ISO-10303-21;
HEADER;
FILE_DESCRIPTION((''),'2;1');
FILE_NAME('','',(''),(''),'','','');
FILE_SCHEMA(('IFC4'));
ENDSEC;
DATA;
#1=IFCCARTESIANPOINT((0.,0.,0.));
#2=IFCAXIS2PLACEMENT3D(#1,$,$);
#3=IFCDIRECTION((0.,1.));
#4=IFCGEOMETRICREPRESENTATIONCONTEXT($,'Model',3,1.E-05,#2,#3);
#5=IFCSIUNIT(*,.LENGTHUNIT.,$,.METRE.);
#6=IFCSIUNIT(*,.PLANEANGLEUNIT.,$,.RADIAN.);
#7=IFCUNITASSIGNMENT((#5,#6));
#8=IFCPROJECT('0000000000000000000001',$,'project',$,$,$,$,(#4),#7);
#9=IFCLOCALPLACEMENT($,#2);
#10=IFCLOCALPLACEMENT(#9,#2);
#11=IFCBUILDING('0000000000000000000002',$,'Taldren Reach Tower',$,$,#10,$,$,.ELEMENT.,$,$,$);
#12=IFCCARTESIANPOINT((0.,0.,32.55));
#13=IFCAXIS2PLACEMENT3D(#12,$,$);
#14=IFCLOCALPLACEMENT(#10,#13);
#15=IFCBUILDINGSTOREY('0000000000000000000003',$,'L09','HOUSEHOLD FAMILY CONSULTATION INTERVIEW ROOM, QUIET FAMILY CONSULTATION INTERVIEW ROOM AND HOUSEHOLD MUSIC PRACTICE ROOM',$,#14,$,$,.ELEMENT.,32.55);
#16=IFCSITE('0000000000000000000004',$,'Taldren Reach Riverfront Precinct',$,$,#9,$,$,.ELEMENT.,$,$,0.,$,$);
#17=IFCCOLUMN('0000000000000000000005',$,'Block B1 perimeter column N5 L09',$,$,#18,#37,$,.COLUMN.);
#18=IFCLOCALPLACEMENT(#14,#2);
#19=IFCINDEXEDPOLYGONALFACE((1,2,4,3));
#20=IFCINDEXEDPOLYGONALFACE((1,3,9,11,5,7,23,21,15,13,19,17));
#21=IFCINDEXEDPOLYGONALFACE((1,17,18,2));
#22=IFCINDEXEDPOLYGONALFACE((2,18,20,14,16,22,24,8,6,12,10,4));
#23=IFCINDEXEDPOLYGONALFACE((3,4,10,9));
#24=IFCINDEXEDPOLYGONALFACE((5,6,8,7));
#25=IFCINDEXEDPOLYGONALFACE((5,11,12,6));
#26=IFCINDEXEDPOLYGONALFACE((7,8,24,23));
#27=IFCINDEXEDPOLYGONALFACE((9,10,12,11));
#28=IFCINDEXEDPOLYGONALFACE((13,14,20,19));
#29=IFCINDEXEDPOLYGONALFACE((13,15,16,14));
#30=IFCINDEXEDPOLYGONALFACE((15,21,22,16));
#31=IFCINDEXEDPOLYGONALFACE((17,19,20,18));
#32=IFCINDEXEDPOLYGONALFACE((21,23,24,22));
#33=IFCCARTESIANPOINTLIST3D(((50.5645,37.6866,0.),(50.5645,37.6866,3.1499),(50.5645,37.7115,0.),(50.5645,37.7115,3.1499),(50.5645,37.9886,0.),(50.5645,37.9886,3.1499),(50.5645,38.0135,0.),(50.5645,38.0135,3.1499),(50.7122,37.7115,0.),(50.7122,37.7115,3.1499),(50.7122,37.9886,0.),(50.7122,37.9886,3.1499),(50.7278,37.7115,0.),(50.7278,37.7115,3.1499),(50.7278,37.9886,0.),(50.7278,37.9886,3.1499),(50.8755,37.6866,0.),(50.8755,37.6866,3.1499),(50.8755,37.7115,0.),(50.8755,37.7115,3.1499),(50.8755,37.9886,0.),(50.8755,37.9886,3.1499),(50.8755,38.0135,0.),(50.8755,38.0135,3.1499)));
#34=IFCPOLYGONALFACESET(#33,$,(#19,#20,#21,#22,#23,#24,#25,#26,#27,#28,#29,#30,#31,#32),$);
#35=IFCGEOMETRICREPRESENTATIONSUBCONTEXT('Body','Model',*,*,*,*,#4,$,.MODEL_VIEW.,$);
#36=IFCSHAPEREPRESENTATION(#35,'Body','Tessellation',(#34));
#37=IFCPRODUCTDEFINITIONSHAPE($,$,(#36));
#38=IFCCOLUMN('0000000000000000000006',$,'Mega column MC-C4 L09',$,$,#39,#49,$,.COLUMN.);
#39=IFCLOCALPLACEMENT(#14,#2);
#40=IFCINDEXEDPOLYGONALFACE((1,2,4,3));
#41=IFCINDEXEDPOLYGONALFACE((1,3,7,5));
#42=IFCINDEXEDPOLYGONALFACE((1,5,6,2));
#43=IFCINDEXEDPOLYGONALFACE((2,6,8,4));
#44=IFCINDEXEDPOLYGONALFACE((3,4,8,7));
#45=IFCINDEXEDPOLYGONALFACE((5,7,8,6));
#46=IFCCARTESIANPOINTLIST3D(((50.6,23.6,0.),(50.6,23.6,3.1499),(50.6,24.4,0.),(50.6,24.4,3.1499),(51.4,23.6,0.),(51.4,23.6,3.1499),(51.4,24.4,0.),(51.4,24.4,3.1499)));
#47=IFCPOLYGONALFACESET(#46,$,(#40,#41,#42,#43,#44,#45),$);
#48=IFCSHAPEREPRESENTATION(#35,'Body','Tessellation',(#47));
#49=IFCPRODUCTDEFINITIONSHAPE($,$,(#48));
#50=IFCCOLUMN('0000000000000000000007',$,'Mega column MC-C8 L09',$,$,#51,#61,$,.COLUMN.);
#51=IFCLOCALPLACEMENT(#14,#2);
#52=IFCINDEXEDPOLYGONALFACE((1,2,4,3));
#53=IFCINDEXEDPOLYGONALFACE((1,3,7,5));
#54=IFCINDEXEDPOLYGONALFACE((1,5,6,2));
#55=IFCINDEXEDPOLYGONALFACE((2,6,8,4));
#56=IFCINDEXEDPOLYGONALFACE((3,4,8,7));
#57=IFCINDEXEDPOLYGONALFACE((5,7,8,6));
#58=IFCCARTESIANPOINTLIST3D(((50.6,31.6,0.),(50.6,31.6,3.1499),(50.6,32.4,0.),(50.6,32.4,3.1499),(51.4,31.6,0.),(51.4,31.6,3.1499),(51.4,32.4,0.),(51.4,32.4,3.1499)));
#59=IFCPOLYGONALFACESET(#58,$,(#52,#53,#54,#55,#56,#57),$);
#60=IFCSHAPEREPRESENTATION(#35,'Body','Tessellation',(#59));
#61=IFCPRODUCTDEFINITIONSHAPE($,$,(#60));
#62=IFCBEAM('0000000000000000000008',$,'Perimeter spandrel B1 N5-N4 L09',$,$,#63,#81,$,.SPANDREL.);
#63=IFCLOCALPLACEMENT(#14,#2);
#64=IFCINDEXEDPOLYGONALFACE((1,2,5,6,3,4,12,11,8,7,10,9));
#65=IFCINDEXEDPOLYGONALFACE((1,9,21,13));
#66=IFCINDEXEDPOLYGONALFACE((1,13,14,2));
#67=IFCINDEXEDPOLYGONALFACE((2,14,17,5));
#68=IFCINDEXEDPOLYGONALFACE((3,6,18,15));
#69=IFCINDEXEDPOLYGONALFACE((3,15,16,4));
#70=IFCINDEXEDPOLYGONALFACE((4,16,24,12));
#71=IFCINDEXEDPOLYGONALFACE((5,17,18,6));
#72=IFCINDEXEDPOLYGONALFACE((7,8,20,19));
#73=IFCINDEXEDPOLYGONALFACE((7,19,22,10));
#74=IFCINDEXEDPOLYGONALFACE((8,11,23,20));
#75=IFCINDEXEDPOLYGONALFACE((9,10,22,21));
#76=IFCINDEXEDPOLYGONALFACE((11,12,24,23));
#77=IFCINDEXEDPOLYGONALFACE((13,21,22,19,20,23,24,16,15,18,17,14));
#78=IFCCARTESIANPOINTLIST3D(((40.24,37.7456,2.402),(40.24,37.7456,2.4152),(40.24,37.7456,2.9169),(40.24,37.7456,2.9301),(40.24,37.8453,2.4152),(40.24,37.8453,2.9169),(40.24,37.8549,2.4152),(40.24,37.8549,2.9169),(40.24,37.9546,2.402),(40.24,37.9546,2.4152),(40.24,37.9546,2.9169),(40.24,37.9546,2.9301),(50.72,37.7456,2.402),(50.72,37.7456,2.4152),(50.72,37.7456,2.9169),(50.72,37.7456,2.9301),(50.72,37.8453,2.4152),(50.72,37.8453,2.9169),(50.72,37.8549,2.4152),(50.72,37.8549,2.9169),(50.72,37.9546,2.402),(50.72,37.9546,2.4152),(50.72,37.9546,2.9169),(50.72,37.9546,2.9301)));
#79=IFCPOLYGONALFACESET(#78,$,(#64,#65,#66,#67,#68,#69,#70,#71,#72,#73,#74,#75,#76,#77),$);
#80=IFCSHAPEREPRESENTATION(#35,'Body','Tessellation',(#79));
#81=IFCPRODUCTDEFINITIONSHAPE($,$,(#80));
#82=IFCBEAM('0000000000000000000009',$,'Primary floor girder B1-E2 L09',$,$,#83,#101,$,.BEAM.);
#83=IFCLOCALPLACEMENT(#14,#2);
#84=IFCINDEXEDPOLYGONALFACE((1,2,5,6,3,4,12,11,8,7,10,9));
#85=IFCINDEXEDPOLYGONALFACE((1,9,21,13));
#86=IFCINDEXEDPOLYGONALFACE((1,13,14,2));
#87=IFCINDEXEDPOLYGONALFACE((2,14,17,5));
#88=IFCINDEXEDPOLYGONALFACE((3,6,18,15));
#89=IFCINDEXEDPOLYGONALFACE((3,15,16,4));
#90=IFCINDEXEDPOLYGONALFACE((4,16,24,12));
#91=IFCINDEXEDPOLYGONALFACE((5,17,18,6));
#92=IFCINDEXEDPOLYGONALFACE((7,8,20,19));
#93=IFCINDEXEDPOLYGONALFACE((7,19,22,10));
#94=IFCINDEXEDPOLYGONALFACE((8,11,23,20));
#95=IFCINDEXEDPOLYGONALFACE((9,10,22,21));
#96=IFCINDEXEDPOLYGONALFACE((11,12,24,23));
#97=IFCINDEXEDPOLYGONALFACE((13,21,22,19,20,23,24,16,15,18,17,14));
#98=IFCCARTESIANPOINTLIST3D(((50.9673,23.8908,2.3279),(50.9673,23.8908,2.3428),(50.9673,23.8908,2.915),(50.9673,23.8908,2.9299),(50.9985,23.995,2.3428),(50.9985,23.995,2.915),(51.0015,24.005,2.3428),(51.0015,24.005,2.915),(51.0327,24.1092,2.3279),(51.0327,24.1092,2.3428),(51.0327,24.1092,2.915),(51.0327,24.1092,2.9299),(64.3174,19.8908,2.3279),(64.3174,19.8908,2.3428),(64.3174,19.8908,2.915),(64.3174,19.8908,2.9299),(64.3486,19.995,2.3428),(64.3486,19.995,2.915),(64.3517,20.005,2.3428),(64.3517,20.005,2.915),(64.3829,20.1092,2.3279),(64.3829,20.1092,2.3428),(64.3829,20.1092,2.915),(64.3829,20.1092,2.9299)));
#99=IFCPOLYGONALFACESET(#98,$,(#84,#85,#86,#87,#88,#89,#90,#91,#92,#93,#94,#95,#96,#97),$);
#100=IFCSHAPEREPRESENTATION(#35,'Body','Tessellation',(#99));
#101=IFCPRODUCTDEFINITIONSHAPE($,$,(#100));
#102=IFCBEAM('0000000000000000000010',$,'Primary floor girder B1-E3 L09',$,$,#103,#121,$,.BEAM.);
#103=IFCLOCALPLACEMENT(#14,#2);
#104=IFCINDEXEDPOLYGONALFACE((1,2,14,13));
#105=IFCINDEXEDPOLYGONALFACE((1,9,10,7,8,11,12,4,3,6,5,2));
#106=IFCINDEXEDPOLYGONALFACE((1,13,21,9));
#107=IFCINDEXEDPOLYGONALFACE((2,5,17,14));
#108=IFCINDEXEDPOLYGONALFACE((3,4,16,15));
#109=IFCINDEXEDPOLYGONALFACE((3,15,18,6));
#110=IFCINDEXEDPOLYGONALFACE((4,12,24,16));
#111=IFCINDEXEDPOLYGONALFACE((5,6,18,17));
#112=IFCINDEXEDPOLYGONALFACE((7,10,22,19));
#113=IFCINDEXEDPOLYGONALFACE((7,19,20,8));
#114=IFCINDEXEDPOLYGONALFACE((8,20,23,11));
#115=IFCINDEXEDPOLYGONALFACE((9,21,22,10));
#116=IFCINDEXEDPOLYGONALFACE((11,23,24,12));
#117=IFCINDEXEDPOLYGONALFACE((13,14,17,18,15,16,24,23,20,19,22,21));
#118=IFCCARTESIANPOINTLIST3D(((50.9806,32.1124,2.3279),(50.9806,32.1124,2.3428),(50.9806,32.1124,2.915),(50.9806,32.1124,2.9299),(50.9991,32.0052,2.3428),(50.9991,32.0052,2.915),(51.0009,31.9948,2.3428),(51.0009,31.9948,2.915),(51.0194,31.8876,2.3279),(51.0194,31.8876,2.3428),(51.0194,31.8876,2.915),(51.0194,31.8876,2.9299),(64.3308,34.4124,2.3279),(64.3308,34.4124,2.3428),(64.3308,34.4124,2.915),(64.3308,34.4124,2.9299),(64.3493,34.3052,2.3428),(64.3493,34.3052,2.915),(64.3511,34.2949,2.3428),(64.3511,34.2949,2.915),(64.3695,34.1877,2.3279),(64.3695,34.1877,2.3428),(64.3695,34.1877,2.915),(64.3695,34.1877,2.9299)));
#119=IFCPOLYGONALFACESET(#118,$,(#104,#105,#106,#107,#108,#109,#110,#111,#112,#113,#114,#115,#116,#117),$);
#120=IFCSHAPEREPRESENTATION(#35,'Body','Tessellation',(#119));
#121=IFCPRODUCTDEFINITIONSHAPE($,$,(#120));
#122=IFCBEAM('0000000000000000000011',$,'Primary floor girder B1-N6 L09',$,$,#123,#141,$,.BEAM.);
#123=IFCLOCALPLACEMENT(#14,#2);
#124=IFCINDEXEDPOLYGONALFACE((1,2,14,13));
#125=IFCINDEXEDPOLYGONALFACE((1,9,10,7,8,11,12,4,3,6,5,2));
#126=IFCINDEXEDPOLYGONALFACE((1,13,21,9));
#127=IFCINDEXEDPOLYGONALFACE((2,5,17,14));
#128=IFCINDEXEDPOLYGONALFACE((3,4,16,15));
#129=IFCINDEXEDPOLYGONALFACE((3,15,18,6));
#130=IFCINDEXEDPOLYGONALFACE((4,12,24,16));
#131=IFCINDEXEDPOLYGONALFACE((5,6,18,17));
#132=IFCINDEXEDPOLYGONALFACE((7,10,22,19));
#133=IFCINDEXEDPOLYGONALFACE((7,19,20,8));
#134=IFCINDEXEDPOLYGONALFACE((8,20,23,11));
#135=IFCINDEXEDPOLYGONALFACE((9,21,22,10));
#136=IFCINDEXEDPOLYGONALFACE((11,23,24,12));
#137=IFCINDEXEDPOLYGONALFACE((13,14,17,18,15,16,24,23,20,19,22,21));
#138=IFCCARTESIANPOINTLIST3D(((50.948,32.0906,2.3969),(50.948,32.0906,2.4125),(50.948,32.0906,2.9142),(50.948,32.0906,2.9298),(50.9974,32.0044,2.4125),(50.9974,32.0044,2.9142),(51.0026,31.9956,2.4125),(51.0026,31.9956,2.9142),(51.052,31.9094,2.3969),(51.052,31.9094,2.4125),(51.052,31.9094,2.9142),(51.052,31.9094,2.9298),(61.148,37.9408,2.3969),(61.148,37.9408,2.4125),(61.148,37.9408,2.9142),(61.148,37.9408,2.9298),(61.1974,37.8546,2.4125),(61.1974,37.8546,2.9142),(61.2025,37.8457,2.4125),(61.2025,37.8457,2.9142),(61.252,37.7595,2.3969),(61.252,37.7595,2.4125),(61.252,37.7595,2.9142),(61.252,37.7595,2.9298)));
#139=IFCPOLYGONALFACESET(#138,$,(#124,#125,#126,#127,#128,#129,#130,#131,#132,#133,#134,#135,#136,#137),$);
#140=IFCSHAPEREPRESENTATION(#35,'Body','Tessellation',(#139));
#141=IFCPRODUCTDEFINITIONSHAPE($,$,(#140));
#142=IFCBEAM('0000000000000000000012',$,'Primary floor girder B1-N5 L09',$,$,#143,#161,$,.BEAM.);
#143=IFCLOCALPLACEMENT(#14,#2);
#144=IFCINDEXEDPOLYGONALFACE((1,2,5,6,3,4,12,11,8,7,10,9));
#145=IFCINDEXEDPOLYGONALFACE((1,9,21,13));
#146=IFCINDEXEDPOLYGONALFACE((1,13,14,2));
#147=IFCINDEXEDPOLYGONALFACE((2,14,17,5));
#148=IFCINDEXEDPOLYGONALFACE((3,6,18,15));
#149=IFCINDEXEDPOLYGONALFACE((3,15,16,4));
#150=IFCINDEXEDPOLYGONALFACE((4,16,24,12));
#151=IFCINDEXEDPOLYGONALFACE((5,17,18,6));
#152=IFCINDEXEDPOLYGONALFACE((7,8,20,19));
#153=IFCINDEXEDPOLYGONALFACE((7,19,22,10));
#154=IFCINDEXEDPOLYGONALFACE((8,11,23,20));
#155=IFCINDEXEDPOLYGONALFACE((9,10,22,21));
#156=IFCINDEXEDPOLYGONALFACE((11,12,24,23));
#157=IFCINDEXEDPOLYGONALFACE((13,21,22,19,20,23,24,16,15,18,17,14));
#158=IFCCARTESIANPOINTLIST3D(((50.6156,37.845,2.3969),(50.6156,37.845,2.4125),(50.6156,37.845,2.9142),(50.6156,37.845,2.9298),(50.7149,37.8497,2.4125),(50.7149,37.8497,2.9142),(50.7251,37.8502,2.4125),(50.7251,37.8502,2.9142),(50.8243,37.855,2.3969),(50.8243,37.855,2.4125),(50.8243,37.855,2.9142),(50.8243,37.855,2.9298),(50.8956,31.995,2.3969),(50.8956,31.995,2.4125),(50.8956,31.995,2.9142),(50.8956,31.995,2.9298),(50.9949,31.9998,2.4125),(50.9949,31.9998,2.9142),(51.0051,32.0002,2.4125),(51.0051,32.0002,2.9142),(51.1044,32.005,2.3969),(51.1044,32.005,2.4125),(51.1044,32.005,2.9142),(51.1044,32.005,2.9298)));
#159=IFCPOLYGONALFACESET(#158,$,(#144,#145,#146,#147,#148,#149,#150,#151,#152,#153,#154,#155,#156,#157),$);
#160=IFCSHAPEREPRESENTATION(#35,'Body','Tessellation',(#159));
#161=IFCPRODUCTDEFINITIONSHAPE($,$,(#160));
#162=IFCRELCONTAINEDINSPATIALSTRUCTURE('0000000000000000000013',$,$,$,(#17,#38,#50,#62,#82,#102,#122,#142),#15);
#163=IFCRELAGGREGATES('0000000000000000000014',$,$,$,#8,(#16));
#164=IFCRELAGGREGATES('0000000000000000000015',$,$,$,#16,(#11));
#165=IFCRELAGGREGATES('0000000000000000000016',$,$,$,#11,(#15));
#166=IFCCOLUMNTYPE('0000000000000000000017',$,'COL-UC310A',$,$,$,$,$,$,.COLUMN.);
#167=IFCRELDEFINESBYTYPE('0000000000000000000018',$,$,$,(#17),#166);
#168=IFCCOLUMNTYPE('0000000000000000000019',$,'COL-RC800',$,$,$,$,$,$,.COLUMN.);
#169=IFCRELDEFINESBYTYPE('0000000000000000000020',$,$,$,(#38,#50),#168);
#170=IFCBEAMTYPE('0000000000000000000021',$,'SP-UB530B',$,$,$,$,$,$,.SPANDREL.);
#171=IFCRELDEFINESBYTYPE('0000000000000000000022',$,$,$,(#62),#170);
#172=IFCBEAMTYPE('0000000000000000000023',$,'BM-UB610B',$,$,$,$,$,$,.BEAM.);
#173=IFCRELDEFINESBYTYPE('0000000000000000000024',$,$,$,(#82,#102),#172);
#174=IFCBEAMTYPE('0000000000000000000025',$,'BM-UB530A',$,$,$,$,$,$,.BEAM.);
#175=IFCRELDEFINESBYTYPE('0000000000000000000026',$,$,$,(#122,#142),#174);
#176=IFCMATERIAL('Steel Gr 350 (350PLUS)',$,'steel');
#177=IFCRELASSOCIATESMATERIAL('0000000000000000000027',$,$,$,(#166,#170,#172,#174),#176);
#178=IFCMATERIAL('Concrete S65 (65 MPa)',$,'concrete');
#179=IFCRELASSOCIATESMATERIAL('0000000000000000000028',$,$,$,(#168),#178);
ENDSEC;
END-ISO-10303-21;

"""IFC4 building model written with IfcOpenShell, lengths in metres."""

from ifc_helpers import new_model, si_unit, direction, frame, origin, origin_2d, place, context, subcontext, project, spatial, rectangle, i_section, extrude, source, transform, mapped, material, material_profile, profile_set, type_object, element, save


model = new_model("IFC4")

# Units and contexts
model_context = context("Model", 3, precision=1e-05, world=origin(), true_north=direction((0.0, 1.0)))
body_context = subcontext(model_context, "Body", "Model", "MODEL_VIEW")
ifc_project = project(units=[si_unit("LENGTHUNIT", "METRE"), si_unit("PLANEANGLEUNIT", "RADIAN")], contexts=[model_context])

# Site, building, storey
site_placement = place(None, origin())
site = spatial("IfcSite", under=ifc_project, at=site_placement, Name="Taldren Reach Riverfront Precinct", CompositionType="ELEMENT", RefElevation=0.0)
building_placement = place(site_placement, origin())
building = spatial("IfcBuilding", under=site, at=building_placement, Name="Taldren Reach Tower", CompositionType="ELEMENT")
storey_placement = place(building_placement, frame((0.0, 0.0, 32.55)))
storey = spatial("IfcBuildingStorey", under=building, at=storey_placement, Name="L09", Description="HOUSEHOLD FAMILY CONSULTATION INTERVIEW ROOM, QUIET FAMILY CONSULTATION INTERVIEW ROOM AND HOUSEHOLD MUSIC PRACTICE ROOM", CompositionType="ELEMENT", Elevation=32.55)

# Columns
ifc_material_1 = material(Name="Steel Gr 350 (350PLUS)", Category="steel")
ifc_material_profile_1 = material_profile(ifc_material_1, i_section(OverallWidth=0.311, OverallDepth=0.3269, WebThickness=0.0156, FlangeThickness=0.0249, at=origin_2d()), Name="310UC158")
ifc_profile_set_1 = profile_set([ifc_material_profile_1], Name="Steel Gr 350 (350PLUS)")
column_type_1 = type_object("IfcColumnType", Name="COL-UC310A", PredefinedType="COLUMN", material=ifc_profile_set_1)
shared_shape_1 = source(origin(), body_context, "Body", "SweptSolid", [
    extrude(i_section(OverallWidth=0.311, OverallDepth=0.3269, WebThickness=0.0156, FlangeThickness=0.0249, at=origin_2d()), origin(), (0.0, 0.0, 1.0), 3.1499),
])
column_placement = place(storey_placement, frame((50.72, 37.8501, 0.0), z_axis=(0.0, 0.0, 1.0), x_axis=(1.0, 0.0, 0.0)))
element("IfcColumn", 1, at=column_placement, inside=storey, type_object=column_type_1, Name="Block B1 perimeter column N5 L09", PredefinedType="COLUMN", context=body_context, shape_type="MappedRepresentation", body=[
    mapped(shared_shape_1, transform((0.0, 0.0, 0.0), scale=1.0)),
])
ifc_material_2 = material(Name="Concrete S65 (65 MPa)", Category="concrete")
ifc_material_profile_2 = material_profile(ifc_material_2, rectangle(XDim=0.8, YDim=0.8, at=origin_2d()), Name="RC-800x800")
ifc_profile_set_2 = profile_set([ifc_material_profile_2], Name="Concrete S65 (65 MPa)")
column_type_2 = type_object("IfcColumnType", Name="COL-RC800", PredefinedType="COLUMN", material=ifc_profile_set_2)
shared_shape_2 = source(origin(), body_context, "Body", "SweptSolid", [
    extrude(rectangle(XDim=0.8, YDim=0.8, at=origin_2d()), origin(), (0.0, 0.0, 1.0), 3.1499),
])
for number, where, z_axis, x_axis, name in (
    (2, (51.0, 24.0, 0.0), (0.0, 0.0, 1.0), (1.0, 0.0, 0.0), "Mega column MC-C4 L09"),
    (3, (51.0, 32.0, 0.0), (0.0, 0.0, 1.0), (1.0, 0.0, 0.0), "Mega column MC-C8 L09"),
):
    element("IfcColumn", number, at=place(storey_placement, frame(where, z_axis=z_axis, x_axis=x_axis)), inside=storey, type_object=column_type_2, Name=name, PredefinedType="COLUMN", context=body_context, shape_type="MappedRepresentation", body=[
        mapped(shared_shape_2, transform((0.0, 0.0, 0.0), scale=1.0)),
    ])

# Beams
ifc_material_profile_3 = material_profile(ifc_material_1, i_section(OverallWidth=0.209, OverallDepth=0.5281, WebThickness=0.0095, FlangeThickness=0.0132, at=origin_2d()), Name="530UB82.0")
ifc_profile_set_3 = profile_set([ifc_material_profile_3], Name="Steel Gr 350 (350PLUS)")
beam_type_1 = type_object("IfcBeamType", Name="SP-UB530B", PredefinedType="SPANDREL", material=ifc_profile_set_3)
shared_shape_3 = source(origin(), body_context, "Body", "SweptSolid", [
    extrude(i_section(OverallWidth=0.209, OverallDepth=0.5281, WebThickness=0.0095, FlangeThickness=0.0132, at=origin_2d()), origin(), (0.0, 0.0, 1.0), 10.48),
])
beam_1_placement = place(storey_placement, frame((50.72, 37.8501, 2.666), z_axis=(-1.0, 0.0, 0.0), x_axis=(0.0, -1.0, 0.0)))
element("IfcBeam", 4, at=beam_1_placement, inside=storey, type_object=beam_type_1, Name="Perimeter spandrel B1 N5-N4 L09", PredefinedType="SPANDREL", context=body_context, shape_type="MappedRepresentation", body=[
    mapped(shared_shape_3, transform((0.0, 0.0, 0.0), scale=1.0)),
])
ifc_material_profile_4 = material_profile(ifc_material_1, i_section(OverallWidth=0.228, OverallDepth=0.6021, WebThickness=0.0105, FlangeThickness=0.0149, at=origin_2d()), Name="610UB101")
ifc_profile_set_4 = profile_set([ifc_material_profile_4], Name="Steel Gr 350 (350PLUS)")
beam_type_2 = type_object("IfcBeamType", Name="BM-UB610B", PredefinedType="BEAM", material=ifc_profile_set_4)
shared_shape_4 = source(origin(), body_context, "Body", "SweptSolid", [
    extrude(i_section(OverallWidth=0.228, OverallDepth=0.6021, WebThickness=0.0105, FlangeThickness=0.0149, at=origin_2d()), origin(), (0.0, 0.0, 1.0), 13.9365),
])
beam_2_placement = place(storey_placement, frame((51.0, 24.0, 2.6289), z_axis=(0.957926, -0.287017, 0.0), x_axis=(0.287017, 0.957926, 0.0)))
element("IfcBeam", 5, at=beam_2_placement, inside=storey, type_object=beam_type_2, Name="Primary floor girder B1-E2 L09", PredefinedType="BEAM", context=body_context, shape_type="MappedRepresentation", body=[
    mapped(shared_shape_4, transform((0.0, 0.0, 0.0), scale=1.0)),
])
shared_shape_5 = source(origin(), body_context, "Body", "SweptSolid", [
    extrude(i_section(OverallWidth=0.228, OverallDepth=0.6021, WebThickness=0.0105, FlangeThickness=0.0149, at=origin_2d()), origin(), (0.0, 0.0, 1.0), 13.5469),
])
beam_3_placement = place(storey_placement, frame((51.0, 32.0, 2.6289), z_axis=(0.985481, 0.169786, 0.0), x_axis=(-0.169786, 0.985481, 0.0)))
element("IfcBeam", 6, at=beam_3_placement, inside=storey, type_object=beam_type_2, Name="Primary floor girder B1-E3 L09", PredefinedType="BEAM", context=body_context, shape_type="MappedRepresentation", body=[
    mapped(shared_shape_5, transform((0.0, 0.0, 0.0), scale=1.0)),
])
ifc_material_profile_5 = material_profile(ifc_material_1, i_section(OverallWidth=0.209, OverallDepth=0.533, WebThickness=0.0103, FlangeThickness=0.0156, at=origin_2d()), Name="530UB92.4")
ifc_profile_set_5 = profile_set([ifc_material_profile_5], Name="Steel Gr 350 (350PLUS)")
beam_type_3 = type_object("IfcBeamType", Name="BM-UB530A", PredefinedType="BEAM", material=ifc_profile_set_5)
shared_shape_6 = source(origin(), body_context, "Body", "SweptSolid", [
    extrude(i_section(OverallWidth=0.209, OverallDepth=0.533, WebThickness=0.0103, FlangeThickness=0.0156, at=origin_2d()), origin(), (0.0, 0.0, 1.0), 11.7585),
])
beam_4_placement = place(storey_placement, frame((51.0, 32.0, 2.6633), z_axis=(0.867452, 0.49752, 0.0), x_axis=(-0.49752, 0.867452, 0.0)))
element("IfcBeam", 7, at=beam_4_placement, inside=storey, type_object=beam_type_3, Name="Primary floor girder B1-N6 L09", PredefinedType="BEAM", context=body_context, shape_type="MappedRepresentation", body=[
    mapped(shared_shape_6, transform((0.0, 0.0, 0.0), scale=1.0)),
])
shared_shape_7 = source(origin(), body_context, "Body", "SweptSolid", [
    extrude(i_section(OverallWidth=0.209, OverallDepth=0.533, WebThickness=0.0103, FlangeThickness=0.0156, at=origin_2d()), origin(), (0.0, 0.0, 1.0), 5.8567),
])
beam_5_placement = place(storey_placement, frame((51.0, 32.0, 2.6633), z_axis=(-0.047813, 0.998856, 0.0), x_axis=(-0.998856, -0.047813, 0.0)))
element("IfcBeam", 8, at=beam_5_placement, inside=storey, type_object=beam_type_3, Name="Primary floor girder B1-N5 L09", PredefinedType="BEAM", context=body_context, shape_type="MappedRepresentation", body=[
    mapped(shared_shape_7, transform((0.0, 0.0, 0.0), scale=1.0)),
])

save(model, "model.ifc")
